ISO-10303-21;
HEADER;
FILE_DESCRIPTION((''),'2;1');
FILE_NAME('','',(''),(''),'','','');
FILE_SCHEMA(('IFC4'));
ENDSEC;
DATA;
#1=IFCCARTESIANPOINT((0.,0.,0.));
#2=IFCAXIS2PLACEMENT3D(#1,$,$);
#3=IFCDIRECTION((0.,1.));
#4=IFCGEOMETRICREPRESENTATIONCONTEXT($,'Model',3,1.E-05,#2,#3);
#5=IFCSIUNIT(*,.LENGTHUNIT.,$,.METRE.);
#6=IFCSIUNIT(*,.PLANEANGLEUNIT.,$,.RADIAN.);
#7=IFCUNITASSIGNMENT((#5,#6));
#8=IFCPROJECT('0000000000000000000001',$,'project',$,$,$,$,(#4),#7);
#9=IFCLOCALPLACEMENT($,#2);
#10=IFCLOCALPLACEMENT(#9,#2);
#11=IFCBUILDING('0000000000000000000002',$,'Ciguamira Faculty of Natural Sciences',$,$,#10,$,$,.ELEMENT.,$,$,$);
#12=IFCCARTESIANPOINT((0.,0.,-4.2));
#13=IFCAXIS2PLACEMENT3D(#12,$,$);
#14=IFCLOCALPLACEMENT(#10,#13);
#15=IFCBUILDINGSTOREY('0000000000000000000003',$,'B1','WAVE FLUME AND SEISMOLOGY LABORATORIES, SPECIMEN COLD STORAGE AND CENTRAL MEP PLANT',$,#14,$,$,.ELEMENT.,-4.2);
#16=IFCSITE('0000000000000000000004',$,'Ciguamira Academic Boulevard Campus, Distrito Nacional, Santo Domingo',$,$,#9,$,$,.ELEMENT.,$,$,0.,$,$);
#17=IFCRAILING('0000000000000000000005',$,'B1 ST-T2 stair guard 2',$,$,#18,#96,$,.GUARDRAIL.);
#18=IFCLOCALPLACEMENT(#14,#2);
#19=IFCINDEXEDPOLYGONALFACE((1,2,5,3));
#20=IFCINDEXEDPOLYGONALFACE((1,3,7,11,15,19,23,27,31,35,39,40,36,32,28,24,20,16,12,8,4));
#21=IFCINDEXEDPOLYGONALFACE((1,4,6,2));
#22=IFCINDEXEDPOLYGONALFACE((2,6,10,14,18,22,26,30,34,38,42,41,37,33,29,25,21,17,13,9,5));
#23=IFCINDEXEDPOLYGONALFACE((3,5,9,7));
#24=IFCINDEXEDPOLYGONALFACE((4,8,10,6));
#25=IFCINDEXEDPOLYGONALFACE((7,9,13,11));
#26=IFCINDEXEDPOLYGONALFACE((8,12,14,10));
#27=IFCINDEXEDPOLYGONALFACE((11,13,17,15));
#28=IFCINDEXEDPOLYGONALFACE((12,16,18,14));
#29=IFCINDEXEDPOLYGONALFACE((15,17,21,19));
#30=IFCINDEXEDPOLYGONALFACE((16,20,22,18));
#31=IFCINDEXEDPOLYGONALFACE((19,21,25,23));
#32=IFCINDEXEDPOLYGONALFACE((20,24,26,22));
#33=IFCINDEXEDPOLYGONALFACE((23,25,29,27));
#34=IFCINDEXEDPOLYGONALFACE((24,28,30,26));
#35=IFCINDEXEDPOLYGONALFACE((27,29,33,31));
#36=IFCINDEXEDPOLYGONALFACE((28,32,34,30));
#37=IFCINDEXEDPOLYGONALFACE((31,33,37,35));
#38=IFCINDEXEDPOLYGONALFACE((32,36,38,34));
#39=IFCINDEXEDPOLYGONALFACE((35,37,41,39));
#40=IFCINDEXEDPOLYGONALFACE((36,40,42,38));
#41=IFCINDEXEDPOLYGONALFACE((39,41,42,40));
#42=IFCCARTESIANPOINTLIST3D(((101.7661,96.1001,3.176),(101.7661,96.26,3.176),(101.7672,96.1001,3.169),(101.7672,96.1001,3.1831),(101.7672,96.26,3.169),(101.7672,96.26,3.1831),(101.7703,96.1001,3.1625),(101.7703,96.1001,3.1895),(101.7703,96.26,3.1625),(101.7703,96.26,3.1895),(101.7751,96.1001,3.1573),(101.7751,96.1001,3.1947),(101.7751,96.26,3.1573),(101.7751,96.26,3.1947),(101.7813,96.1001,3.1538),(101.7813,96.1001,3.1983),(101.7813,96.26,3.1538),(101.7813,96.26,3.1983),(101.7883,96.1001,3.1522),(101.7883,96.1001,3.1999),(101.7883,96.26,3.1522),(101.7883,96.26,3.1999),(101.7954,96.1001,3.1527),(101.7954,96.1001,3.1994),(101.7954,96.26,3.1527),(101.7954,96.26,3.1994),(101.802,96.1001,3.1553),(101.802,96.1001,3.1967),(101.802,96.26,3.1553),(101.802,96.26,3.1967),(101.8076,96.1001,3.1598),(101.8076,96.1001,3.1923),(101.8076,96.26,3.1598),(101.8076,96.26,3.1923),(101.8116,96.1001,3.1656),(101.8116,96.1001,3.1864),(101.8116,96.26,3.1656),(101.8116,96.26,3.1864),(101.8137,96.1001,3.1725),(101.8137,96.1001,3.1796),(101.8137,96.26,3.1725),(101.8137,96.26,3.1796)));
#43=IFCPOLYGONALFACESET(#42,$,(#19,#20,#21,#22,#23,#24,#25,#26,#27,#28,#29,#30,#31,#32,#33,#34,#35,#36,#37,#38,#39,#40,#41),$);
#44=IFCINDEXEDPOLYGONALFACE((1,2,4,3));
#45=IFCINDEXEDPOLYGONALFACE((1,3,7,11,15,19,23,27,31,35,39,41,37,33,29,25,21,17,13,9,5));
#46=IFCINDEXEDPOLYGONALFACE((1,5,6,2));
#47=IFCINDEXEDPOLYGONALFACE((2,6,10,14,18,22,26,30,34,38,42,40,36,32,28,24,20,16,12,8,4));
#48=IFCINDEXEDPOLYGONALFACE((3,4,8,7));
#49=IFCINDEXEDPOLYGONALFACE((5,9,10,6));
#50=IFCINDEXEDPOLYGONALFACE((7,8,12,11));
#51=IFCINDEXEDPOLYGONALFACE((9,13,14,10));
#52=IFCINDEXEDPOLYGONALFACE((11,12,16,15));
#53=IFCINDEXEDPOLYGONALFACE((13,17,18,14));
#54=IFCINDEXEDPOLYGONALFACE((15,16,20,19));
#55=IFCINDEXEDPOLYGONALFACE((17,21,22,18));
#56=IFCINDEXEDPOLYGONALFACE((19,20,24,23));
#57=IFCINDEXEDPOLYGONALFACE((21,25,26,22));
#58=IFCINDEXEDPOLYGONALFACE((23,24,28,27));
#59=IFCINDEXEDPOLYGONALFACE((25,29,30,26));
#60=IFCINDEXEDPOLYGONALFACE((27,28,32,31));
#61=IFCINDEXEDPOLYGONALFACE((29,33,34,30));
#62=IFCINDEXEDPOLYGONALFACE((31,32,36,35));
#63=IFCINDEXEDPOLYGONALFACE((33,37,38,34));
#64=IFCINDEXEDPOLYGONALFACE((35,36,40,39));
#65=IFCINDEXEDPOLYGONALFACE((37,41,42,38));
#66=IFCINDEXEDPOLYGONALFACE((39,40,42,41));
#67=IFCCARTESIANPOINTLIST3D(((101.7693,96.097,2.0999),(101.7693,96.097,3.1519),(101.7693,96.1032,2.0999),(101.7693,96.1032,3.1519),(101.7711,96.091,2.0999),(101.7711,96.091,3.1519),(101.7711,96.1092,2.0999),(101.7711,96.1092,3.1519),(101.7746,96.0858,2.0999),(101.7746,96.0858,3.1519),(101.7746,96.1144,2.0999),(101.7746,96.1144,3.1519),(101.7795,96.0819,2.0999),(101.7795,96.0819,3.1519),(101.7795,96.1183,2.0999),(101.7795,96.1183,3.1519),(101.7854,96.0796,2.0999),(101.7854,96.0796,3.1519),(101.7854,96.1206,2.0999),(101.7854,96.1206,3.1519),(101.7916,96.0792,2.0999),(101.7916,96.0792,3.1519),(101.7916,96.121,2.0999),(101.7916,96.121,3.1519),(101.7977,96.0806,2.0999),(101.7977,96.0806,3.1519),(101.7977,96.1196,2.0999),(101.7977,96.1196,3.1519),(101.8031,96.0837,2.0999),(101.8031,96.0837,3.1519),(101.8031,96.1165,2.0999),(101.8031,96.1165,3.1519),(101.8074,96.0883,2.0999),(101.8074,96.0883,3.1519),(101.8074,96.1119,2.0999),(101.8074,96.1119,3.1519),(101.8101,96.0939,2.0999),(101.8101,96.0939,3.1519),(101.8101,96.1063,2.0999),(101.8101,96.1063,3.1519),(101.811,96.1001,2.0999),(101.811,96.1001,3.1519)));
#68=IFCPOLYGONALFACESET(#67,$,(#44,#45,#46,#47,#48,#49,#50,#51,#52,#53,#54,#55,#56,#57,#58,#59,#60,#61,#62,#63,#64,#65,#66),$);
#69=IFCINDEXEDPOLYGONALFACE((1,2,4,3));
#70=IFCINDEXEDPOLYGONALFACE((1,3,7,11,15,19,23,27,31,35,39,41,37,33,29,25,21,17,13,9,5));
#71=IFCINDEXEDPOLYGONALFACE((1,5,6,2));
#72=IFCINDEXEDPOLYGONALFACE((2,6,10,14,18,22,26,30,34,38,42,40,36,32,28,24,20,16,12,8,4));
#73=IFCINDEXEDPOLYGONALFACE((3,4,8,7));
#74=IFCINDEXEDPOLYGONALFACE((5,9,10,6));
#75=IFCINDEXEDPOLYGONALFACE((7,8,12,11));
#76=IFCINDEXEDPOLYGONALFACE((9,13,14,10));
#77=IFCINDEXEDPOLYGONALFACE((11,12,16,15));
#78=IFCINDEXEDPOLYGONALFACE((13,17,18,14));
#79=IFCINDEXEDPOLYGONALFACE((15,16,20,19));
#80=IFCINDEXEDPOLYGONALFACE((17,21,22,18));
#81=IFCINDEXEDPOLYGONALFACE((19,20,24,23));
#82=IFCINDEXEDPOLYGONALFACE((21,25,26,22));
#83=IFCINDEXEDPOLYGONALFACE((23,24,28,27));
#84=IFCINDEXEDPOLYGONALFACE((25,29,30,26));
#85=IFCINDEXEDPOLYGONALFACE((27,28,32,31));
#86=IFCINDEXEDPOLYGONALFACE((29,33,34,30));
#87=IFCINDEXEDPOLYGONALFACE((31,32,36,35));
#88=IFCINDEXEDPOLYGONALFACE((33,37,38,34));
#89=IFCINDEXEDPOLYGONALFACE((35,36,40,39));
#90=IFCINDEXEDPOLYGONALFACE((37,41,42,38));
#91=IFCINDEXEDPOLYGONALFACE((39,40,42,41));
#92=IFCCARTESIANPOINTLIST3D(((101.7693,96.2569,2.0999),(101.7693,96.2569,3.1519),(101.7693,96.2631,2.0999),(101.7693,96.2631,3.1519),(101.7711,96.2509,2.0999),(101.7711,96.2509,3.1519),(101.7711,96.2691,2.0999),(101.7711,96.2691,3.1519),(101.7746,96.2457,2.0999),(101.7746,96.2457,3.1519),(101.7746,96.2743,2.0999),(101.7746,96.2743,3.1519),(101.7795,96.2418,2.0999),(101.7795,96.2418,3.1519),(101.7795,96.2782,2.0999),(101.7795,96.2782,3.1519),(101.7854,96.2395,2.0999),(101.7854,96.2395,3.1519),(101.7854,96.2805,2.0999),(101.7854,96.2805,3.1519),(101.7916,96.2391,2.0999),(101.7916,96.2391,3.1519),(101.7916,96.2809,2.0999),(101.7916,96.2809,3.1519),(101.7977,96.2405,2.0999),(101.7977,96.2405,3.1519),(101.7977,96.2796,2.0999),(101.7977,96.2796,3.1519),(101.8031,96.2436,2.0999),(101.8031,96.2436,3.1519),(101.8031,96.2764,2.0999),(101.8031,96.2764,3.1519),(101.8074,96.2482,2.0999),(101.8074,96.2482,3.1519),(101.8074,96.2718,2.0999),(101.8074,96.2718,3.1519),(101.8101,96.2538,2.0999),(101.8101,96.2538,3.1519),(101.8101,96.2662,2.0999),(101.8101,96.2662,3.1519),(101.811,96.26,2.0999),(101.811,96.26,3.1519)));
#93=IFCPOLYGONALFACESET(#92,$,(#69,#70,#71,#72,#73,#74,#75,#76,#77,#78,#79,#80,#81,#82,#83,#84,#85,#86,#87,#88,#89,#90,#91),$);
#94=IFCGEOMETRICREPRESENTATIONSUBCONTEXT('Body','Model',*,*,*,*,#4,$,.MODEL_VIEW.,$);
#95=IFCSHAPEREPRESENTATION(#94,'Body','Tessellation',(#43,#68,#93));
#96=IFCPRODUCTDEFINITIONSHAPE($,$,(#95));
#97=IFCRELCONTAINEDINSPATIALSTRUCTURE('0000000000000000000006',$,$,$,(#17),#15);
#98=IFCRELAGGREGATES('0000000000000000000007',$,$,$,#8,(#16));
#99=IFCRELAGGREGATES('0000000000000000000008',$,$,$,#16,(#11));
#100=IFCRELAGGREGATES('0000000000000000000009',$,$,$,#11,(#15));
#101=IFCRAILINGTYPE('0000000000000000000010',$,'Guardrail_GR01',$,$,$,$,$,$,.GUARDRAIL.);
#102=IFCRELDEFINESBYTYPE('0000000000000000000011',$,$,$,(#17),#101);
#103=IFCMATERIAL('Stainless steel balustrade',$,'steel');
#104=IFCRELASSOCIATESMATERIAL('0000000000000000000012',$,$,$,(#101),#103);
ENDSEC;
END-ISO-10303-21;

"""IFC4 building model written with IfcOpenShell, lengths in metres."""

from ifc_helpers import new_model, si_unit, direction, frame, origin, origin_2d, place, context, subcontext, project, spatial, circle, extrude, material, type_object, element, save


model = new_model("IFC4")

# Units and contexts
model_context = context("Model", 3, precision=1e-05, world=origin(), true_north=direction((0.0, 1.0)))
body_context = subcontext(model_context, "Body", "Model", "MODEL_VIEW")
ifc_project = project(units=[si_unit("LENGTHUNIT", "METRE"), si_unit("PLANEANGLEUNIT", "RADIAN")], contexts=[model_context])

# Site, building, storey
site_placement = place(None, origin())
site = spatial("IfcSite", under=ifc_project, at=site_placement, Name="Ciguamira Academic Boulevard Campus, Distrito Nacional, Santo Domingo", CompositionType="ELEMENT", RefElevation=0.0)
building_placement = place(site_placement, origin())
building = spatial("IfcBuilding", under=site, at=building_placement, Name="Ciguamira Faculty of Natural Sciences", CompositionType="ELEMENT")
storey_placement = place(building_placement, frame((0.0, 0.0, -4.2)))
storey = spatial("IfcBuildingStorey", under=building, at=storey_placement, Name="B1", Description="WAVE FLUME AND SEISMOLOGY LABORATORIES, SPECIMEN COLD STORAGE AND CENTRAL MEP PLANT", CompositionType="ELEMENT", Elevation=-4.2)

# Railing
ifc_material_1 = material(Name="Stainless steel balustrade", Category="steel")
railing_type_1 = type_object("IfcRailingType", Name="Guardrail_GR01", PredefinedType="GUARDRAIL", material=ifc_material_1)
railing_1_placement = place(storey_placement, frame((101.79, 96.1001, 2.0999)))
element("IfcRailing", 1, at=railing_1_placement, inside=storey, type_object=railing_type_1, Name="B1 ST-T2 stair guard 2", PredefinedType="GUARDRAIL", context=body_context, shape_type="SweptSolid", body=[
    extrude(circle(Radius=0.0239, at=origin_2d()), frame((0.0, 0.0, 1.0762), z_axis=(0.0, 1.0, 0.0), x_axis=(-1.0, 0.0, 0.0)), (0.0, 0.0, 1.0), 0.1599),
    extrude(circle(Radius=0.021, at=origin_2d()), origin(), (0.0, 0.0, 1.0), 1.052),
    extrude(circle(Radius=0.021, at=origin_2d()), frame((0.0, 0.1599, 0.0)), (0.0, 0.0, 1.0), 1.052),
])

save(model, "model.ifc")
